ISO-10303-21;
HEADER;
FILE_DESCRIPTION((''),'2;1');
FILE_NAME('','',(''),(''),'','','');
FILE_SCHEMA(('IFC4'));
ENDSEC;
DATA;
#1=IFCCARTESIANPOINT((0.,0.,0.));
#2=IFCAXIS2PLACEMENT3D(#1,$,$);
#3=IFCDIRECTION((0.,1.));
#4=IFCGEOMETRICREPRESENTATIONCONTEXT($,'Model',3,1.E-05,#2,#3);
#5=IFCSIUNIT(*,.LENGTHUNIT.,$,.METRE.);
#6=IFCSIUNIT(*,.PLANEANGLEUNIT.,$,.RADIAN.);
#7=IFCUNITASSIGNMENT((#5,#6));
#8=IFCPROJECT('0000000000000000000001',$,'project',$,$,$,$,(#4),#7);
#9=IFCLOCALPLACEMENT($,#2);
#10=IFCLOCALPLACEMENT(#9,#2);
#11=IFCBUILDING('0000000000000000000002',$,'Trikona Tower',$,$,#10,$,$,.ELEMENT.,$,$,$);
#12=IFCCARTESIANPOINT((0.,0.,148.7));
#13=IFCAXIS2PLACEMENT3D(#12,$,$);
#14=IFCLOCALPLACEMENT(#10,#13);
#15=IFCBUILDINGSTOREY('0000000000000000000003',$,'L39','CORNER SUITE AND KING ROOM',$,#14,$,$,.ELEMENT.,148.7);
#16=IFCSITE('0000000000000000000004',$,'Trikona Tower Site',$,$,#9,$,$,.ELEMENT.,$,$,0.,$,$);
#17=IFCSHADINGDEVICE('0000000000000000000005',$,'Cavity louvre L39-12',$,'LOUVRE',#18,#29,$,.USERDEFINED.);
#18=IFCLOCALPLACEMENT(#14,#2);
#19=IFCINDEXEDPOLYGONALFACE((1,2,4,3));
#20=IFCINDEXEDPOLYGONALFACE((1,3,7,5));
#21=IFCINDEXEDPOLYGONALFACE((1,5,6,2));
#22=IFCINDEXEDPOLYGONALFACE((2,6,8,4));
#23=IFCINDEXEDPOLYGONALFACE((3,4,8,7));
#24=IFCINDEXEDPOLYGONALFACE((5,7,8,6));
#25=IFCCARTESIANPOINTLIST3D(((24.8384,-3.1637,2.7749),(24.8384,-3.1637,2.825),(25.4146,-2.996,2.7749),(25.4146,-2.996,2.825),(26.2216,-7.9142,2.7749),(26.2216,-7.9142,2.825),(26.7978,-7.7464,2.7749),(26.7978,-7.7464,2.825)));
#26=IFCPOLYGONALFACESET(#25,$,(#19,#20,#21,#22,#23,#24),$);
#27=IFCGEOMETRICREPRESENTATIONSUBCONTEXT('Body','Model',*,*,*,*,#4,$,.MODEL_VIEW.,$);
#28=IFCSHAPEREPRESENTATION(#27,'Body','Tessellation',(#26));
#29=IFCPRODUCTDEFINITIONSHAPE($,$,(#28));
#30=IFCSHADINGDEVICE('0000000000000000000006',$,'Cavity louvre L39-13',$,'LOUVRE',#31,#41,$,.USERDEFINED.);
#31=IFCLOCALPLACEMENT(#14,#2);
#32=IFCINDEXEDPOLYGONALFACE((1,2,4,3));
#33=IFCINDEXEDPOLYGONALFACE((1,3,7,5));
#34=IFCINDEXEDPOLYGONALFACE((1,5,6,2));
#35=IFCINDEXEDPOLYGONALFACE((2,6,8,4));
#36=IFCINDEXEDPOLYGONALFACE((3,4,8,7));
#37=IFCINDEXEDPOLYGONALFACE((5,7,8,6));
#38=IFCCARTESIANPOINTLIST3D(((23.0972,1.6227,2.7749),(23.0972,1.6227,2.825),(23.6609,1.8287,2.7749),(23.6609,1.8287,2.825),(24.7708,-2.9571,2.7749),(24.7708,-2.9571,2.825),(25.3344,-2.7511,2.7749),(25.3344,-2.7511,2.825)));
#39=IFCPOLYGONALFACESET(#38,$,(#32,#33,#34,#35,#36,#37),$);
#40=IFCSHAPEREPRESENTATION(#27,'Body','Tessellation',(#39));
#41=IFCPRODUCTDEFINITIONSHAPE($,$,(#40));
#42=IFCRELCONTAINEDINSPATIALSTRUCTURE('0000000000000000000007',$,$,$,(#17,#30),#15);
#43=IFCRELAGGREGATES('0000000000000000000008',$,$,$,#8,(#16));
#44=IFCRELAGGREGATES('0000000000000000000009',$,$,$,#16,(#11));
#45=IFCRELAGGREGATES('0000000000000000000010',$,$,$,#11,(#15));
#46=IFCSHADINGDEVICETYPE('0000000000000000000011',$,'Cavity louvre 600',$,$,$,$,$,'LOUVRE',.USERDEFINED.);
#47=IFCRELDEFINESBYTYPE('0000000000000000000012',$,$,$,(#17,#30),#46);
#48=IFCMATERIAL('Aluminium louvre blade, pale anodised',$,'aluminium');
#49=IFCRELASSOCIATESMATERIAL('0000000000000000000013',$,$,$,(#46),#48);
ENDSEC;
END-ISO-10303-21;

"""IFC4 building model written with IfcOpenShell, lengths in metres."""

from ifc_helpers import new_model, si_unit, direction, frame, origin, origin_2d, place, context, subcontext, project, spatial, rectangle, extrude, material, type_object, element, save


model = new_model("IFC4")

# Units and contexts
model_context = context("Model", 3, precision=1e-05, world=origin(), true_north=direction((0.0, 1.0)))
body_context = subcontext(model_context, "Body", "Model", "MODEL_VIEW")
ifc_project = project(units=[si_unit("LENGTHUNIT", "METRE"), si_unit("PLANEANGLEUNIT", "RADIAN")], contexts=[model_context])

# Site, building, storey
site_placement = place(None, origin())
site = spatial("IfcSite", under=ifc_project, at=site_placement, Name="Trikona Tower Site", CompositionType="ELEMENT", RefElevation=0.0)
building_placement = place(site_placement, origin())
building = spatial("IfcBuilding", under=site, at=building_placement, Name="Trikona Tower", CompositionType="ELEMENT")
storey_placement = place(building_placement, frame((0.0, 0.0, 148.7)))
storey = spatial("IfcBuildingStorey", under=building, at=storey_placement, Name="L39", Description="CORNER SUITE AND KING ROOM", CompositionType="ELEMENT", Elevation=148.7)

# Shading devices
ifc_material_1 = material(Name="Aluminium louvre blade, pale anodised", Category="aluminium")
shading_device_type = type_object("IfcShadingDeviceType", Name="Cavity louvre 600", ElementType="LOUVRE", PredefinedType="USERDEFINED", material=ifc_material_1)
shading_device_1_placement = place(storey_placement, frame((25.8181, -5.4551, 2.7749), z_axis=(0.0, 0.0, 1.0), x_axis=(-0.279554, 0.96013, 0.0)))
element("IfcShadingDevice", 1, at=shading_device_1_placement, inside=storey, type_object=shading_device_type, Name="Cavity louvre L39-12", ObjectType="LOUVRE", PredefinedType="USERDEFINED", context=body_context, shape_type="SweptSolid", body=[
    extrude(rectangle(XDim=4.9478, YDim=0.6001, at=origin_2d()), origin(), (0.0, 0.0, 1.0), 0.05),
])
shading_device_2_placement = place(storey_placement, frame((24.2158, -0.5642, 2.7749), z_axis=(0.0, 0.0, 1.0), x_axis=(-0.34322, 0.939255, 0.0)))
element("IfcShadingDevice", 2, at=shading_device_2_placement, inside=storey, type_object=shading_device_type, Name="Cavity louvre L39-13", ObjectType="LOUVRE", PredefinedType="USERDEFINED", context=body_context, shape_type="SweptSolid", body=[
    extrude(rectangle(XDim=4.876, YDim=0.6001, at=origin_2d()), origin(), (0.0, 0.0, 1.0), 0.05),
])

save(model, "model.ifc")
